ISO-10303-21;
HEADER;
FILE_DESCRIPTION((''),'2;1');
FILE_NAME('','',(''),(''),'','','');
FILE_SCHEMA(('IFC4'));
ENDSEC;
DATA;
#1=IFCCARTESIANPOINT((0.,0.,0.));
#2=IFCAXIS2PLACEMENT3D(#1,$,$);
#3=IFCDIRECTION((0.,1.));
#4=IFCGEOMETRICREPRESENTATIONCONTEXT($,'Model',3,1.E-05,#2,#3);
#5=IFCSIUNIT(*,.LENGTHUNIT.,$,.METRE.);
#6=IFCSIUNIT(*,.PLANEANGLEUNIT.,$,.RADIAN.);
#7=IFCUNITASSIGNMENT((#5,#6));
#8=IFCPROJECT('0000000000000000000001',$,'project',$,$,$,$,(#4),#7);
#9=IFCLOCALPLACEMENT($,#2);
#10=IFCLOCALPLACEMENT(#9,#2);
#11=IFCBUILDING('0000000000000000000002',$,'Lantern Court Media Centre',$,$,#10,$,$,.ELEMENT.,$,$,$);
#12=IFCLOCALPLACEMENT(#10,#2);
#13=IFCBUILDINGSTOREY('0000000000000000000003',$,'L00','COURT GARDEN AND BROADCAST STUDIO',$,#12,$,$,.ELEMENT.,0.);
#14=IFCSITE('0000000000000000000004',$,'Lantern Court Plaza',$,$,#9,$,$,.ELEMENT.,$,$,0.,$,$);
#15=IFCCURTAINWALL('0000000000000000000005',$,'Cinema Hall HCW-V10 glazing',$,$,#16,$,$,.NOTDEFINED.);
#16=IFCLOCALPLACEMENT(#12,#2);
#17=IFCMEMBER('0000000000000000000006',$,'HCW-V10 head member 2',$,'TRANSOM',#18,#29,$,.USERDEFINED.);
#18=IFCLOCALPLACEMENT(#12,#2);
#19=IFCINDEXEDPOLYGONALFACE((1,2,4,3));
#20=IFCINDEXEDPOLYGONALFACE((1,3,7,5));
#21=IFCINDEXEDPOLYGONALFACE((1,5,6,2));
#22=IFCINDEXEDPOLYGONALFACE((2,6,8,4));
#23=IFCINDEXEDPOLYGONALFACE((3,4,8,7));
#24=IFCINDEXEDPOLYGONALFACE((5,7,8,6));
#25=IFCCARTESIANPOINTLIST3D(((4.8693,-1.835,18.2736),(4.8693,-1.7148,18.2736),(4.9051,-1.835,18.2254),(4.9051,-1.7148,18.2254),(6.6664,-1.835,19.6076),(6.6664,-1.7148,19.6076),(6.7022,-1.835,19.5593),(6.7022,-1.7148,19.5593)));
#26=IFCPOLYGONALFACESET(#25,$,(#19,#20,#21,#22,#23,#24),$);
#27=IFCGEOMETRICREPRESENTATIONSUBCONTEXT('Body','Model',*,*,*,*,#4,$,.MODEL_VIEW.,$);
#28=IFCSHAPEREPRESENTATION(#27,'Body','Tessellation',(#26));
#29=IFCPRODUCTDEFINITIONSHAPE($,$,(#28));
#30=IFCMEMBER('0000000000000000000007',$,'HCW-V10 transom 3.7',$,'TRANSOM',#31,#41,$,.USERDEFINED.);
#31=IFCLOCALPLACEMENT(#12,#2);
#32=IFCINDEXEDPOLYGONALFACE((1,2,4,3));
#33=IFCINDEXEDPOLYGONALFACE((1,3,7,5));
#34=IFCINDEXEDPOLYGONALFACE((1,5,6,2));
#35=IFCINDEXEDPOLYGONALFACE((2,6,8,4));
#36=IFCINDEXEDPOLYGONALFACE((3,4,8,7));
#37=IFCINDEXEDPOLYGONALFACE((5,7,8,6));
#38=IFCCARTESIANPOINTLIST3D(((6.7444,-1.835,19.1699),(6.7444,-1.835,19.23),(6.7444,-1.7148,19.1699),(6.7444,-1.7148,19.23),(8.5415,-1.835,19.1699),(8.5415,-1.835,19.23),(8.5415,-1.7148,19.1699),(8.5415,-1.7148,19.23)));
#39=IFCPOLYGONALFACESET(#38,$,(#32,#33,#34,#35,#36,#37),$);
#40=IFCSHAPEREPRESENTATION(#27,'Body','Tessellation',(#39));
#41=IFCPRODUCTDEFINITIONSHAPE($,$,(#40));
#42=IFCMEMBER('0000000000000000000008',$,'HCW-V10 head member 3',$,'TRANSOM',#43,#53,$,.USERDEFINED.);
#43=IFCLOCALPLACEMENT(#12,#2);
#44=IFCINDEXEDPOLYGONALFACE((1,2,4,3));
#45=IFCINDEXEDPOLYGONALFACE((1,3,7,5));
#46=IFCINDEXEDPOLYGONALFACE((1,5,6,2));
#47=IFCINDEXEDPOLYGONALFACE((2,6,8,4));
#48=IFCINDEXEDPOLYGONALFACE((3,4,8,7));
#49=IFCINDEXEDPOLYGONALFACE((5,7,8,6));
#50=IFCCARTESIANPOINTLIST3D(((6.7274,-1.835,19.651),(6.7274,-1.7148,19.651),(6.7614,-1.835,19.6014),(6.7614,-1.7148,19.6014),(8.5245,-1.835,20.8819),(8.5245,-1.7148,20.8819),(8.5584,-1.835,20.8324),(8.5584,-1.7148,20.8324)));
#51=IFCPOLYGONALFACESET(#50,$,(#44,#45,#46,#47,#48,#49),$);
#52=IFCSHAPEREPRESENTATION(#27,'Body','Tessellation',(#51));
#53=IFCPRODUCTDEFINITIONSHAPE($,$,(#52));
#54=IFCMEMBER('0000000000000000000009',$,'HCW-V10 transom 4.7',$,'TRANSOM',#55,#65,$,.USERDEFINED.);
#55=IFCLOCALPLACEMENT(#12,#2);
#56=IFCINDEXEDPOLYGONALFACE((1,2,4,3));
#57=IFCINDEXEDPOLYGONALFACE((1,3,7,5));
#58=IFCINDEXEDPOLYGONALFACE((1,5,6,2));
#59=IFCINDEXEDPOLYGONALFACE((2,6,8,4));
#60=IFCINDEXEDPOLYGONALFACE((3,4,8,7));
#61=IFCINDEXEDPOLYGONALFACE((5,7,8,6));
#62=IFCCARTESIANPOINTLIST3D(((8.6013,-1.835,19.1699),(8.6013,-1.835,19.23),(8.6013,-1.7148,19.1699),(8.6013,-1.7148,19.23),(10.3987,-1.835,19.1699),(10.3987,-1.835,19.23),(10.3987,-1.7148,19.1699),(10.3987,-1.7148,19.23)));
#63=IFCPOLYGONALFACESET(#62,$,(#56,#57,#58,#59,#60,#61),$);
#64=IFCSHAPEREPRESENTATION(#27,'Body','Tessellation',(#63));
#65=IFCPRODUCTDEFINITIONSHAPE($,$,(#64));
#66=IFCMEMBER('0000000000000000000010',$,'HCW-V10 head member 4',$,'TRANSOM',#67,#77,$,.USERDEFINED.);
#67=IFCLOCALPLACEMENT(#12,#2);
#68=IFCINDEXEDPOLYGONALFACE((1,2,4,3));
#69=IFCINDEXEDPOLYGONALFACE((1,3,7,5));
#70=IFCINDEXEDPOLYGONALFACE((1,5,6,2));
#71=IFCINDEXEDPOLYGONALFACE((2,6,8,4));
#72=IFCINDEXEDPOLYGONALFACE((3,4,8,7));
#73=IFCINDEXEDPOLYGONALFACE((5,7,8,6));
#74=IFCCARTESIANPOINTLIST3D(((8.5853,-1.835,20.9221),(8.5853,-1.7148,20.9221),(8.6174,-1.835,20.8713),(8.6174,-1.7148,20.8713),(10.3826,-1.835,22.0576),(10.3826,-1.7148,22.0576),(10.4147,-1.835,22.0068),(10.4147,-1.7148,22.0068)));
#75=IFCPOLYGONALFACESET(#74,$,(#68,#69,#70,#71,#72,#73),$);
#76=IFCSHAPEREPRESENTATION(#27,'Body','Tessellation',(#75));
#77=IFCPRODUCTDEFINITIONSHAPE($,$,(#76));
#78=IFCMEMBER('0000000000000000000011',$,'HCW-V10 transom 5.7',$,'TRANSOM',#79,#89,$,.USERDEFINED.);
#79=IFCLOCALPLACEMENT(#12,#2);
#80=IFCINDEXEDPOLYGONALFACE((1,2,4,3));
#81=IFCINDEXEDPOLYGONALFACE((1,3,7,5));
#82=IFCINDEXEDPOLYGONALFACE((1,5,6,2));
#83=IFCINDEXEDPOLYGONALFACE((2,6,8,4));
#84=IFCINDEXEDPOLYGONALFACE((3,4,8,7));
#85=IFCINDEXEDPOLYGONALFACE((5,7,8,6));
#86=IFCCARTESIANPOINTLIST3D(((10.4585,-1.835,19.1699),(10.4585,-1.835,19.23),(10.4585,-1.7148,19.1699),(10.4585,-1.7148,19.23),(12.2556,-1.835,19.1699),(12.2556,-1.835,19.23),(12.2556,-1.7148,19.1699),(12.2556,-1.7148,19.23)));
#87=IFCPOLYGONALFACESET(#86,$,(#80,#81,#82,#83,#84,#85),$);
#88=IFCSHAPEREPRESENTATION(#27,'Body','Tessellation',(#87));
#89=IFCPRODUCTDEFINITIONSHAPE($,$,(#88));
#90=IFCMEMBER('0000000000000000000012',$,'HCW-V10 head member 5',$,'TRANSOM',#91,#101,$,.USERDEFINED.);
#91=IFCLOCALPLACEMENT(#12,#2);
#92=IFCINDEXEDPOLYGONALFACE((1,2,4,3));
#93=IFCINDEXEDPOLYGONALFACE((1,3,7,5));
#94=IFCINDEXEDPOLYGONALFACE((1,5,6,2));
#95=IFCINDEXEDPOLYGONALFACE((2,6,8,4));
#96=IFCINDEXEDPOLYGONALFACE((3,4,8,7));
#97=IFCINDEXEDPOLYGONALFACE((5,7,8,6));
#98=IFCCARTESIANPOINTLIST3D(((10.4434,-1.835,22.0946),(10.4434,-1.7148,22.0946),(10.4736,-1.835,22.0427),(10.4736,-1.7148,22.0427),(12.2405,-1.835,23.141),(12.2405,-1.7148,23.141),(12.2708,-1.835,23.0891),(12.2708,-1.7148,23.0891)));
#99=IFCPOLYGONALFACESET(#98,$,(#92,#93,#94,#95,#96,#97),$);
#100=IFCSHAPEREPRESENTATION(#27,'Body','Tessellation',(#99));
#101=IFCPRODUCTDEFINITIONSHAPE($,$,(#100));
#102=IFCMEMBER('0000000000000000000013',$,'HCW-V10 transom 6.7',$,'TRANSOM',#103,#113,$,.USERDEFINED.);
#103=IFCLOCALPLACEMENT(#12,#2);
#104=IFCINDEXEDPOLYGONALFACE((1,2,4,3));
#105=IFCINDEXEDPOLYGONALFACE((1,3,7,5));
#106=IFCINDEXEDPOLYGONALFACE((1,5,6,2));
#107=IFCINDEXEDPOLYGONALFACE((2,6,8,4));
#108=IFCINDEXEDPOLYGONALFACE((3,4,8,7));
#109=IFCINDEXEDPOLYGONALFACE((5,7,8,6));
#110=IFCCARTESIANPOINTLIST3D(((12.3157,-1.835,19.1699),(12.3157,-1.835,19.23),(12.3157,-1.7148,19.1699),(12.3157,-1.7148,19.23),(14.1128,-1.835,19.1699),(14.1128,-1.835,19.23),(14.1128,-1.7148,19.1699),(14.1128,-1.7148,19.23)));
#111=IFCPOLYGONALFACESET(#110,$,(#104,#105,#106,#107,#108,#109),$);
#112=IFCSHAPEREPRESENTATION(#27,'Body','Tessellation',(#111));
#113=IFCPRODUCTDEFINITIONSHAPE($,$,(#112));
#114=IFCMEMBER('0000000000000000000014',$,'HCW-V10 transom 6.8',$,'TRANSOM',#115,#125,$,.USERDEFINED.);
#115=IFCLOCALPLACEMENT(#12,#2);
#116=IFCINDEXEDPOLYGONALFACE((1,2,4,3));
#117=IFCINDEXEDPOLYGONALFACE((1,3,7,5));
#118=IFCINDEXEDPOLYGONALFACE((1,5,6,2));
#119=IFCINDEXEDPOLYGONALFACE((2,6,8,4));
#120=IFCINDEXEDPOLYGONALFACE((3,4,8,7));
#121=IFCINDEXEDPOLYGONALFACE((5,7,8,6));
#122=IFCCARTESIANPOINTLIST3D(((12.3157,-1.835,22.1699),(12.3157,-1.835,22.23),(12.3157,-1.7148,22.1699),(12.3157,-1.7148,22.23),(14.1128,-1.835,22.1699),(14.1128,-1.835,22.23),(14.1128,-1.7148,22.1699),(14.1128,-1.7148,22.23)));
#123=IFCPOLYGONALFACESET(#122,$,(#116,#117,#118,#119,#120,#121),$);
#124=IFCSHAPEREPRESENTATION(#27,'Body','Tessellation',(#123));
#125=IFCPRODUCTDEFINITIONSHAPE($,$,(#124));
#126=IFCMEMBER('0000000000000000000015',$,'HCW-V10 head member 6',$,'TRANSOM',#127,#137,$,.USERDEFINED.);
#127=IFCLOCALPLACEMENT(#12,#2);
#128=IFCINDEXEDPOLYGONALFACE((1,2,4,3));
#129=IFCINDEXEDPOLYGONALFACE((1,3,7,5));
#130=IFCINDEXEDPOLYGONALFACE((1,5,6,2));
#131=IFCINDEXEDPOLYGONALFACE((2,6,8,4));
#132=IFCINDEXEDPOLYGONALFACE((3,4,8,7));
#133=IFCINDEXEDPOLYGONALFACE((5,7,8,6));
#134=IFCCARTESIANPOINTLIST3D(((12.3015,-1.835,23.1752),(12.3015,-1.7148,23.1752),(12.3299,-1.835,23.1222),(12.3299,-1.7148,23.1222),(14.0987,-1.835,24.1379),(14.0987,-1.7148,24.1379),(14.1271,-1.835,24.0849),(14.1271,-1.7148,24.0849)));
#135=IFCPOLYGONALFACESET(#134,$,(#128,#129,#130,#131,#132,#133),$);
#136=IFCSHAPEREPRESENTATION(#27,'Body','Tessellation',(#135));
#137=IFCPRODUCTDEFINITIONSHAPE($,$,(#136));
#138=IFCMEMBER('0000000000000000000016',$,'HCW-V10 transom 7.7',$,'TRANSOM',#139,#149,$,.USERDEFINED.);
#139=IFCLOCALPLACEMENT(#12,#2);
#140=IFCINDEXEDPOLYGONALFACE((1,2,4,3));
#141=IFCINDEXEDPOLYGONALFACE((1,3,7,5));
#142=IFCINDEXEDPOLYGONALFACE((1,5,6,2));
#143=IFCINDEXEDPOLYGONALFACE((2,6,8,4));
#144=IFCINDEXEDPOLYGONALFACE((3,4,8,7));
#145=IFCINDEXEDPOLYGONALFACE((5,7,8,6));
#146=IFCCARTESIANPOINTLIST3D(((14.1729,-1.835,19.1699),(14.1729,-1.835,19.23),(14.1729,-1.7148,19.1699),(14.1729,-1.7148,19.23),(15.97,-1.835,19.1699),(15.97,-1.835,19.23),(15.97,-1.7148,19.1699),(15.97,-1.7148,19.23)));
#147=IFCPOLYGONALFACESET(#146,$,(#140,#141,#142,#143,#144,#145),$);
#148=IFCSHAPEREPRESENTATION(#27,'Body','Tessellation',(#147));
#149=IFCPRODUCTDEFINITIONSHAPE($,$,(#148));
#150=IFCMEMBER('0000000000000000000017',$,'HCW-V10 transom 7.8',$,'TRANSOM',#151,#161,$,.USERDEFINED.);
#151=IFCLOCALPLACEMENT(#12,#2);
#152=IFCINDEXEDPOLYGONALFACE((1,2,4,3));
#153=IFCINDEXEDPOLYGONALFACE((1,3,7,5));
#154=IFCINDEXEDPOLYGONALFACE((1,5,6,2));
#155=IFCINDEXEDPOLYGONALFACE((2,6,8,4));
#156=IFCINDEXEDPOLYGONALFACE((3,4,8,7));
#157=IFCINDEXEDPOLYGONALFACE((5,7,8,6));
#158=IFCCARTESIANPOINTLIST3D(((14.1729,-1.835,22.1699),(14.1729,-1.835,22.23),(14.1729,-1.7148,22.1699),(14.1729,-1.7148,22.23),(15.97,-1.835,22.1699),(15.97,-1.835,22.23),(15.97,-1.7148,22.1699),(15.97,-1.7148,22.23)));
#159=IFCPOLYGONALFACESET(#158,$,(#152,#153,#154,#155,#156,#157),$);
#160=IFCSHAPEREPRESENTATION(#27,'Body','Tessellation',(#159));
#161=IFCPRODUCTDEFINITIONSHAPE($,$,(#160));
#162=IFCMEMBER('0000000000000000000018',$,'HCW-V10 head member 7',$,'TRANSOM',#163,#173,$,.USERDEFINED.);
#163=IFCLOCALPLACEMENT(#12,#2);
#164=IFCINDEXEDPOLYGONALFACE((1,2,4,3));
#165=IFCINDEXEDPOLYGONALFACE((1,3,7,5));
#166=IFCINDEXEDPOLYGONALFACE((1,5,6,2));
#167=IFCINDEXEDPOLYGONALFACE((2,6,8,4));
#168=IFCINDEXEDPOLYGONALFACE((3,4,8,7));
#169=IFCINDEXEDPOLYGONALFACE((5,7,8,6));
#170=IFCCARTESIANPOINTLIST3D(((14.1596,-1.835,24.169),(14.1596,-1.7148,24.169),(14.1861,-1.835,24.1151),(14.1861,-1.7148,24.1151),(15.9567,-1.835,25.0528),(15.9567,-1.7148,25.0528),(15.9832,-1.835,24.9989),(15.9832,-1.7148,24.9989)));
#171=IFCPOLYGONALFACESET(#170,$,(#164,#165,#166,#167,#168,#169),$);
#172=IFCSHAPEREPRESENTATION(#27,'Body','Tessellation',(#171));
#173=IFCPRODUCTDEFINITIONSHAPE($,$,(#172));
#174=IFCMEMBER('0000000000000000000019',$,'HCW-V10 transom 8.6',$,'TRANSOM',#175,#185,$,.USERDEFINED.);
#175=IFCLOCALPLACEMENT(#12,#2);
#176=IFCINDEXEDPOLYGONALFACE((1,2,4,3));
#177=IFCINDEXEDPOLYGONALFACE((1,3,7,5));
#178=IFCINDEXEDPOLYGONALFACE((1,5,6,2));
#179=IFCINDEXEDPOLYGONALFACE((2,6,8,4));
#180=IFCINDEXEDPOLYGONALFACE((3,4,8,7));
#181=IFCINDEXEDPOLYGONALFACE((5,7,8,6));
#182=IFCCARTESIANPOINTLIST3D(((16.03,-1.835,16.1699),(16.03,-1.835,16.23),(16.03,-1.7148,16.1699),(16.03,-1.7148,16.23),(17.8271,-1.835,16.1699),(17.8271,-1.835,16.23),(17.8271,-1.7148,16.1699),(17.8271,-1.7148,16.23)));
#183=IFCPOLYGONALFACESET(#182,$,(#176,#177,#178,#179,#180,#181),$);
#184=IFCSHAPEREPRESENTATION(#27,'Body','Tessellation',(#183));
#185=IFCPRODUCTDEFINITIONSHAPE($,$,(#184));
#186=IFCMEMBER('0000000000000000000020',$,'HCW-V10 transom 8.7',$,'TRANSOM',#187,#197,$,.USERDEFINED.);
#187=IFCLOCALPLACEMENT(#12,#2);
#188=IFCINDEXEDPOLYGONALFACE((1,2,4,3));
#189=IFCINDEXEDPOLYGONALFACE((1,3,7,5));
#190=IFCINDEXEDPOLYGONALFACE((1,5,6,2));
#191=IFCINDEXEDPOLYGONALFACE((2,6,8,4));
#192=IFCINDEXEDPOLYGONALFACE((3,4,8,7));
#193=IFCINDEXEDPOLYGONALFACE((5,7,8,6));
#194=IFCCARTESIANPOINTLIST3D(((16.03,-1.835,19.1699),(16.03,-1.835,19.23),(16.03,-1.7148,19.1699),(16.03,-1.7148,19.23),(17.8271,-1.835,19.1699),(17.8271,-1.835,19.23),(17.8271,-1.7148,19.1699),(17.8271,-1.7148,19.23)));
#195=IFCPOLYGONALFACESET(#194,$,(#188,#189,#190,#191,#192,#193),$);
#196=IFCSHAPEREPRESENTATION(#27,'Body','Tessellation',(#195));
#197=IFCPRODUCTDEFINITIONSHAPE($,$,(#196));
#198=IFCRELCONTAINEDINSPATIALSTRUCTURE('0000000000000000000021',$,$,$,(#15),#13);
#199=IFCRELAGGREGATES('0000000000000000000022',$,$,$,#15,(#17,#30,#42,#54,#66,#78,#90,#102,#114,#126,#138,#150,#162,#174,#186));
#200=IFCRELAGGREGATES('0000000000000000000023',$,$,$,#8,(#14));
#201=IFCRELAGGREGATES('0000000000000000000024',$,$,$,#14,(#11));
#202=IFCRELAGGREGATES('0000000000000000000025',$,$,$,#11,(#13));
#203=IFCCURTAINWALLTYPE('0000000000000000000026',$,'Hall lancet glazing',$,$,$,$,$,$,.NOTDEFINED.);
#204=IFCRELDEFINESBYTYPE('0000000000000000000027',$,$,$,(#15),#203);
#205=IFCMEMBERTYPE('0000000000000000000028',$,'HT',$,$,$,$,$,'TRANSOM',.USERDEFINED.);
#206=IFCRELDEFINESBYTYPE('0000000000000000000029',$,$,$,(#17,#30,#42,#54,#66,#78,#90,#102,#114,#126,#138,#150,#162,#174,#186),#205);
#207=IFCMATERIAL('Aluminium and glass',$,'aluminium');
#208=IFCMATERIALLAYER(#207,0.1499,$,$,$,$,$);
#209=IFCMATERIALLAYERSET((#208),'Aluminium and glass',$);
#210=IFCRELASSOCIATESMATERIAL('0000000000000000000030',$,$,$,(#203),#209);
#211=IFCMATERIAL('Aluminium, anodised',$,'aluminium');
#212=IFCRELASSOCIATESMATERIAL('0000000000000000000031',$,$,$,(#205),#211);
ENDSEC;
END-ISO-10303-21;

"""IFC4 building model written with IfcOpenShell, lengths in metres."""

from ifc_helpers import new_model, si_unit, direction, frame, origin, origin_2d, place, context, subcontext, project, spatial, rectangle, extrude, material, layer, layer_set, material_profile, profile_set, type_object, element, aggregate, save


model = new_model("IFC4")

# Units and contexts
model_context = context("Model", 3, precision=1e-05, world=origin(), true_north=direction((0.0, 1.0)))
body_context = subcontext(model_context, "Body", "Model", "MODEL_VIEW")
ifc_project = project(units=[si_unit("LENGTHUNIT", "METRE"), si_unit("PLANEANGLEUNIT", "RADIAN")], contexts=[model_context])

# Site, building, storey
site_placement = place(None, origin())
site = spatial("IfcSite", under=ifc_project, at=site_placement, Name="Lantern Court Plaza", CompositionType="ELEMENT", RefElevation=0.0)
building_placement = place(site_placement, origin())
building = spatial("IfcBuilding", under=site, at=building_placement, Name="Lantern Court Media Centre", CompositionType="ELEMENT")
storey_placement = place(building_placement, origin())
storey = spatial("IfcBuildingStorey", under=building, at=storey_placement, Name="L00", Description="COURT GARDEN AND BROADCAST STUDIO", CompositionType="ELEMENT", Elevation=0.0)

# Curtain wall, members
ifc_material_1 = material(Name="Aluminium and glass", Category="aluminium")
ifc_layer_1 = layer(ifc_material_1, 0.1499)
ifc_layer_set_1 = layer_set([ifc_layer_1], Name="Aluminium and glass")
curtain_wall_type = type_object("IfcCurtainWallType", Name="Hall lancet glazing", PredefinedType="NOTDEFINED", material=ifc_layer_set_1)
curtain_wall_placement = place(storey_placement, origin())
curtain_wall = element("IfcCurtainWall", 1, at=curtain_wall_placement, inside=storey, type_object=curtain_wall_type, Name="Cinema Hall HCW-V10 glazing", PredefinedType="NOTDEFINED")
ifc_material_2 = material(Name="Aluminium, anodised", Category="aluminium")
ifc_material_profile = material_profile(ifc_material_2, rectangle(XDim=0.1201, YDim=0.0601, at=origin_2d()), Name="HT")
ifc_profile_set = profile_set([ifc_material_profile], Name="Aluminium, anodised")
member_type = type_object("IfcMemberType", Name="HT", ElementType="TRANSOM", PredefinedType="USERDEFINED", material=ifc_profile_set)
member_1_placement = place(storey_placement, frame((4.8872, -1.7749, 18.2495), z_axis=(0.802962, 0.0, 0.596031), x_axis=(0.0, 1.0, 0.0)))
member_1 = element("IfcMember", 2, at=member_1_placement, type_object=member_type, Name="HCW-V10 head member 2", ObjectType="TRANSOM", PredefinedType="USERDEFINED", context=body_context, shape_type="SweptSolid", body=[
    extrude(rectangle(XDim=0.1201, YDim=0.0601, at=origin_2d()), origin(), (0.0, 0.0, 1.0), 2.238),
])
member_2_placement = place(storey_placement, frame((6.7444, -1.7749, 19.2), z_axis=(1.0, 0.0, 0.0), x_axis=(0.0, 1.0, 0.0)))
member_2 = element("IfcMember", 3, at=member_2_placement, type_object=member_type, Name="HCW-V10 transom 3.7", ObjectType="TRANSOM", PredefinedType="USERDEFINED", context=body_context, shape_type="SweptSolid", body=[
    extrude(rectangle(XDim=0.1201, YDim=0.0601, at=origin_2d()), origin(), (0.0, 0.0, 1.0), 1.7971),
])
member_3_placement = place(storey_placement, frame((6.7444, -1.7749, 19.6262), z_axis=(0.825018, 0.0, 0.565106), x_axis=(0.0, 1.0, 0.0)))
member_3 = element("IfcMember", 4, at=member_3_placement, type_object=member_type, Name="HCW-V10 head member 3", ObjectType="TRANSOM", PredefinedType="USERDEFINED", context=body_context, shape_type="SweptSolid", body=[
    extrude(rectangle(XDim=0.1201, YDim=0.0601, at=origin_2d()), origin(), (0.0, 0.0, 1.0), 2.1782),
])
member_4_placement = place(storey_placement, frame((8.6013, -1.7749, 19.2), z_axis=(1.0, 0.0, 0.0), x_axis=(0.0, 1.0, 0.0)))
member_4 = element("IfcMember", 5, at=member_4_placement, type_object=member_type, Name="HCW-V10 transom 4.7", ObjectType="TRANSOM", PredefinedType="USERDEFINED", context=body_context, shape_type="SweptSolid", body=[
    extrude(rectangle(XDim=0.1201, YDim=0.0601, at=origin_2d()), origin(), (0.0, 0.0, 1.0), 1.7974),
])
member_5_placement = place(storey_placement, frame((8.6013, -1.7749, 20.8967), z_axis=(0.845421, 0.0, 0.534101), x_axis=(0.0, 1.0, 0.0)))
member_5 = element("IfcMember", 6, at=member_5_placement, type_object=member_type, Name="HCW-V10 head member 4", ObjectType="TRANSOM", PredefinedType="USERDEFINED", context=body_context, shape_type="SweptSolid", body=[
    extrude(rectangle(XDim=0.1201, YDim=0.0601, at=origin_2d()), origin(), (0.0, 0.0, 1.0), 2.126),
])
member_6_placement = place(storey_placement, frame((10.4585, -1.7749, 19.2), z_axis=(1.0, 0.0, 0.0), x_axis=(0.0, 1.0, 0.0)))
member_6 = element("IfcMember", 7, at=member_6_placement, type_object=member_type, Name="HCW-V10 transom 5.7", ObjectType="TRANSOM", PredefinedType="USERDEFINED", context=body_context, shape_type="SweptSolid", body=[
    extrude(rectangle(XDim=0.1201, YDim=0.0601, at=origin_2d()), origin(), (0.0, 0.0, 1.0), 1.7971),
])
member_7_placement = place(storey_placement, frame((10.4585, -1.7749, 22.0686), z_axis=(0.864183, 0.0, 0.503177), x_axis=(0.0, 1.0, 0.0)))
member_7 = element("IfcMember", 8, at=member_7_placement, type_object=member_type, Name="HCW-V10 head member 5", ObjectType="TRANSOM", PredefinedType="USERDEFINED", context=body_context, shape_type="SweptSolid", body=[
    extrude(rectangle(XDim=0.1201, YDim=0.0601, at=origin_2d()), origin(), (0.0, 0.0, 1.0), 2.0796),
])
member_8_placement = place(storey_placement, frame((12.3157, -1.7749, 19.2), z_axis=(1.0, 0.0, 0.0), x_axis=(0.0, 1.0, 0.0)))
member_8 = element("IfcMember", 9, at=member_8_placement, type_object=member_type, Name="HCW-V10 transom 6.7", ObjectType="TRANSOM", PredefinedType="USERDEFINED", context=body_context, shape_type="SweptSolid", body=[
    extrude(rectangle(XDim=0.1201, YDim=0.0601, at=origin_2d()), origin(), (0.0, 0.0, 1.0), 1.7971),
])
member_9_placement = place(storey_placement, frame((12.3157, -1.7749, 22.2), z_axis=(1.0, 0.0, 0.0), x_axis=(0.0, 1.0, 0.0)))
member_9 = element("IfcMember", 10, at=member_9_placement, type_object=member_type, Name="HCW-V10 transom 6.8", ObjectType="TRANSOM", PredefinedType="USERDEFINED", context=body_context, shape_type="SweptSolid", body=[
    extrude(rectangle(XDim=0.1201, YDim=0.0601, at=origin_2d()), origin(), (0.0, 0.0, 1.0), 1.7971),
])
member_10_placement = place(storey_placement, frame((12.3157, -1.7749, 23.1487), z_axis=(0.8815, 0.0, 0.472185), x_axis=(0.0, 1.0, 0.0)))
member_10 = element("IfcMember", 11, at=member_10_placement, type_object=member_type, Name="HCW-V10 head member 6", ObjectType="TRANSOM", PredefinedType="USERDEFINED", context=body_context, shape_type="SweptSolid", body=[
    extrude(rectangle(XDim=0.1201, YDim=0.0601, at=origin_2d()), origin(), (0.0, 0.0, 1.0), 2.0388),
])
member_11_placement = place(storey_placement, frame((14.1729, -1.7749, 19.2), z_axis=(1.0, 0.0, 0.0), x_axis=(0.0, 1.0, 0.0)))
member_11 = element("IfcMember", 12, at=member_11_placement, type_object=member_type, Name="HCW-V10 transom 7.7", ObjectType="TRANSOM", PredefinedType="USERDEFINED", context=body_context, shape_type="SweptSolid", body=[
    extrude(rectangle(XDim=0.1201, YDim=0.0601, at=origin_2d()), origin(), (0.0, 0.0, 1.0), 1.7971),
])
member_12_placement = place(storey_placement, frame((14.1729, -1.7749, 22.2), z_axis=(1.0, 0.0, 0.0), x_axis=(0.0, 1.0, 0.0)))
member_12 = element("IfcMember", 13, at=member_12_placement, type_object=member_type, Name="HCW-V10 transom 7.8", ObjectType="TRANSOM", PredefinedType="USERDEFINED", context=body_context, shape_type="SweptSolid", body=[
    extrude(rectangle(XDim=0.1201, YDim=0.0601, at=origin_2d()), origin(), (0.0, 0.0, 1.0), 1.7971),
])
member_13_placement = place(storey_placement, frame((14.1729, -1.7749, 24.1421), z_axis=(0.897358, 0.0, 0.441304), x_axis=(0.0, 1.0, 0.0)))
member_13 = element("IfcMember", 14, at=member_13_placement, type_object=member_type, Name="HCW-V10 head member 7", ObjectType="TRANSOM", PredefinedType="USERDEFINED", context=body_context, shape_type="SweptSolid", body=[
    extrude(rectangle(XDim=0.1201, YDim=0.0601, at=origin_2d()), origin(), (0.0, 0.0, 1.0), 2.0027),
])
member_14_placement = place(storey_placement, frame((16.03, -1.7749, 16.2), z_axis=(1.0, 0.0, 0.0), x_axis=(0.0, 1.0, 0.0)))
member_14 = element("IfcMember", 15, at=member_14_placement, type_object=member_type, Name="HCW-V10 transom 8.6", ObjectType="TRANSOM", PredefinedType="USERDEFINED", context=body_context, shape_type="SweptSolid", body=[
    extrude(rectangle(XDim=0.1201, YDim=0.0601, at=origin_2d()), origin(), (0.0, 0.0, 1.0), 1.7971),
])
member_15_placement = place(storey_placement, frame((16.03, -1.7749, 19.2), z_axis=(1.0, 0.0, 0.0), x_axis=(0.0, 1.0, 0.0)))
member_15 = element("IfcMember", 16, at=member_15_placement, type_object=member_type, Name="HCW-V10 transom 8.7", ObjectType="TRANSOM", PredefinedType="USERDEFINED", context=body_context, shape_type="SweptSolid", body=[
    extrude(rectangle(XDim=0.1201, YDim=0.0601, at=origin_2d()), origin(), (0.0, 0.0, 1.0), 1.7971),
])
aggregate(curtain_wall, [member_1, member_2, member_3, member_4, member_5, member_6, member_7, member_8, member_9, member_10, member_11, member_12, member_13, member_14, member_15])

save(model, "model.ifc")
